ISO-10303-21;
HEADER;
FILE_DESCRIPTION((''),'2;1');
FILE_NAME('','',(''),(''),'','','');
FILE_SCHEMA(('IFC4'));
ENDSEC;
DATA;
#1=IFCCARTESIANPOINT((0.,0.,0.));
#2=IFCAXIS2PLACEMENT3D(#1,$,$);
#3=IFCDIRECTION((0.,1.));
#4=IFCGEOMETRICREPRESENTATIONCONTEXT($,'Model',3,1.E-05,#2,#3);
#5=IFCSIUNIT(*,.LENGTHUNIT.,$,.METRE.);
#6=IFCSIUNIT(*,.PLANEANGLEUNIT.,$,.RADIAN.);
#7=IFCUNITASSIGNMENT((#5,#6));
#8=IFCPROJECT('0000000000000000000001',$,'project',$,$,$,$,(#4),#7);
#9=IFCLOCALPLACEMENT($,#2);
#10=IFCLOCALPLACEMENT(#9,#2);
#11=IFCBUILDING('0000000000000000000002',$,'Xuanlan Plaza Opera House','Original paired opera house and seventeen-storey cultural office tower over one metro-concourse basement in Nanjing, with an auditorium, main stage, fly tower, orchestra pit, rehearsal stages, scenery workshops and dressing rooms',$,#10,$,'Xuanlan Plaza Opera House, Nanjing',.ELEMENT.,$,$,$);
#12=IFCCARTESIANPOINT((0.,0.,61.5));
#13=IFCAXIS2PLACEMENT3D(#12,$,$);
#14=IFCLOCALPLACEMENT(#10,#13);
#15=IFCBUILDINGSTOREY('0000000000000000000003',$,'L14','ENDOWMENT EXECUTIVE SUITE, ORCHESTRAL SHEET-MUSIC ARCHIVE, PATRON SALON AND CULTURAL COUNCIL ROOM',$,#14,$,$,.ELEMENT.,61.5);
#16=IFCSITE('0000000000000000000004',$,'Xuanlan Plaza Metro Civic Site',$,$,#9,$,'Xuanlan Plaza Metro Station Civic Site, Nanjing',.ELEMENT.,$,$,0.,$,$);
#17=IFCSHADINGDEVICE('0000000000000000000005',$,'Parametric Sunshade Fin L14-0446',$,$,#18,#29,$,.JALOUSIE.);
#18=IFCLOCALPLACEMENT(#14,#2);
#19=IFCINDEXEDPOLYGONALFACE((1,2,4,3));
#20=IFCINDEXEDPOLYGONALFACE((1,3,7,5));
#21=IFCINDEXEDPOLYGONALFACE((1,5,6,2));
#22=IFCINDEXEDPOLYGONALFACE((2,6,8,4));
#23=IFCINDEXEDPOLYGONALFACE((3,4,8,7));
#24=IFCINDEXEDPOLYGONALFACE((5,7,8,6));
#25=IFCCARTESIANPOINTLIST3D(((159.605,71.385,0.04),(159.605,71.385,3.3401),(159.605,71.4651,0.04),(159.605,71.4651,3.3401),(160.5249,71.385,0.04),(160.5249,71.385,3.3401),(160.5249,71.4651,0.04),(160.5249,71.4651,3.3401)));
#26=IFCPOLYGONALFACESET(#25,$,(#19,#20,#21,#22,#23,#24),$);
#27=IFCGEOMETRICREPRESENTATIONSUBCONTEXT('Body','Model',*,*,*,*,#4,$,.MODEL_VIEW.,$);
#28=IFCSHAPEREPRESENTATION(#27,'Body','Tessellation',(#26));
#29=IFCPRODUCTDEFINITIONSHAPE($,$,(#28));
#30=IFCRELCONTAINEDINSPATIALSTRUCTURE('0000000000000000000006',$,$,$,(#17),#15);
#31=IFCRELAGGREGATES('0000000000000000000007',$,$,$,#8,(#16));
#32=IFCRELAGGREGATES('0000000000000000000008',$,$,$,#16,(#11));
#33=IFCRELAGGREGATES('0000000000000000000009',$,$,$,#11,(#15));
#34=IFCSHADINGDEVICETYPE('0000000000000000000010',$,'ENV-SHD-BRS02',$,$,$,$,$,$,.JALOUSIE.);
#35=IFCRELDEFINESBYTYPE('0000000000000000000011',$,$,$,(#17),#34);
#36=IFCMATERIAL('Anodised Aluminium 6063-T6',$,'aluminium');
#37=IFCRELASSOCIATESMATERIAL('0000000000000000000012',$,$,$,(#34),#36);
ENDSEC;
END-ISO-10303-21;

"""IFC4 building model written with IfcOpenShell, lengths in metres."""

from ifc_helpers import new_model, si_unit, direction, frame, origin, origin_2d, place, context, subcontext, project, spatial, rectangle, extrude, material, type_object, element, save


model = new_model("IFC4")

# Units and contexts
model_context = context("Model", 3, precision=1e-05, world=origin(), true_north=direction((0.0, 1.0)))
body_context = subcontext(model_context, "Body", "Model", "MODEL_VIEW")
ifc_project = project(units=[si_unit("LENGTHUNIT", "METRE"), si_unit("PLANEANGLEUNIT", "RADIAN")], contexts=[model_context])

# Site, building, storey
site_placement = place(None, origin())
site = spatial("IfcSite", under=ifc_project, at=site_placement, Name="Xuanlan Plaza Metro Civic Site", LongName="Xuanlan Plaza Metro Station Civic Site, Nanjing", CompositionType="ELEMENT", RefElevation=0.0)
building_placement = place(site_placement, origin())
building = spatial("IfcBuilding", under=site, at=building_placement, Name="Xuanlan Plaza Opera House", Description="Original paired opera house and seventeen-storey cultural office tower over one metro-concourse basement in Nanjing, with an auditorium, main stage, fly tower, orchestra pit, rehearsal stages, scenery workshops and dressing rooms", LongName="Xuanlan Plaza Opera House, Nanjing", CompositionType="ELEMENT")
storey_placement = place(building_placement, frame((0.0, 0.0, 61.5)))
storey = spatial("IfcBuildingStorey", under=building, at=storey_placement, Name="L14", Description="ENDOWMENT EXECUTIVE SUITE, ORCHESTRAL SHEET-MUSIC ARCHIVE, PATRON SALON AND CULTURAL COUNCIL ROOM", CompositionType="ELEMENT", Elevation=61.5)

# Shared definitions
ifc_material_1 = material(Name="Anodised Aluminium 6063-T6", Category="aluminium")

# Shading device
shading_device_type = type_object("IfcShadingDeviceType", Name="ENV-SHD-BRS02", PredefinedType="JALOUSIE", material=ifc_material_1)
for number, where, z_axis, x_axis, name in (
    (1, (160.0649, 71.425, 0.04), (0.0, 0.0, 1.0), (1.0, 0.0, 0.0), "Parametric Sunshade Fin L14-0446"),
):
    element("IfcShadingDevice", number, at=place(storey_placement, frame(where, z_axis=z_axis, x_axis=x_axis)), inside=storey, type_object=shading_device_type, Name=name, PredefinedType="JALOUSIE", context=body_context, shape_type="SweptSolid", body=[
        extrude(rectangle(XDim=0.9199, YDim=0.0801, at=origin_2d()), origin(), (0.0, 0.0, 1.0), 3.3),
    ])

save(model, "model.ifc")
